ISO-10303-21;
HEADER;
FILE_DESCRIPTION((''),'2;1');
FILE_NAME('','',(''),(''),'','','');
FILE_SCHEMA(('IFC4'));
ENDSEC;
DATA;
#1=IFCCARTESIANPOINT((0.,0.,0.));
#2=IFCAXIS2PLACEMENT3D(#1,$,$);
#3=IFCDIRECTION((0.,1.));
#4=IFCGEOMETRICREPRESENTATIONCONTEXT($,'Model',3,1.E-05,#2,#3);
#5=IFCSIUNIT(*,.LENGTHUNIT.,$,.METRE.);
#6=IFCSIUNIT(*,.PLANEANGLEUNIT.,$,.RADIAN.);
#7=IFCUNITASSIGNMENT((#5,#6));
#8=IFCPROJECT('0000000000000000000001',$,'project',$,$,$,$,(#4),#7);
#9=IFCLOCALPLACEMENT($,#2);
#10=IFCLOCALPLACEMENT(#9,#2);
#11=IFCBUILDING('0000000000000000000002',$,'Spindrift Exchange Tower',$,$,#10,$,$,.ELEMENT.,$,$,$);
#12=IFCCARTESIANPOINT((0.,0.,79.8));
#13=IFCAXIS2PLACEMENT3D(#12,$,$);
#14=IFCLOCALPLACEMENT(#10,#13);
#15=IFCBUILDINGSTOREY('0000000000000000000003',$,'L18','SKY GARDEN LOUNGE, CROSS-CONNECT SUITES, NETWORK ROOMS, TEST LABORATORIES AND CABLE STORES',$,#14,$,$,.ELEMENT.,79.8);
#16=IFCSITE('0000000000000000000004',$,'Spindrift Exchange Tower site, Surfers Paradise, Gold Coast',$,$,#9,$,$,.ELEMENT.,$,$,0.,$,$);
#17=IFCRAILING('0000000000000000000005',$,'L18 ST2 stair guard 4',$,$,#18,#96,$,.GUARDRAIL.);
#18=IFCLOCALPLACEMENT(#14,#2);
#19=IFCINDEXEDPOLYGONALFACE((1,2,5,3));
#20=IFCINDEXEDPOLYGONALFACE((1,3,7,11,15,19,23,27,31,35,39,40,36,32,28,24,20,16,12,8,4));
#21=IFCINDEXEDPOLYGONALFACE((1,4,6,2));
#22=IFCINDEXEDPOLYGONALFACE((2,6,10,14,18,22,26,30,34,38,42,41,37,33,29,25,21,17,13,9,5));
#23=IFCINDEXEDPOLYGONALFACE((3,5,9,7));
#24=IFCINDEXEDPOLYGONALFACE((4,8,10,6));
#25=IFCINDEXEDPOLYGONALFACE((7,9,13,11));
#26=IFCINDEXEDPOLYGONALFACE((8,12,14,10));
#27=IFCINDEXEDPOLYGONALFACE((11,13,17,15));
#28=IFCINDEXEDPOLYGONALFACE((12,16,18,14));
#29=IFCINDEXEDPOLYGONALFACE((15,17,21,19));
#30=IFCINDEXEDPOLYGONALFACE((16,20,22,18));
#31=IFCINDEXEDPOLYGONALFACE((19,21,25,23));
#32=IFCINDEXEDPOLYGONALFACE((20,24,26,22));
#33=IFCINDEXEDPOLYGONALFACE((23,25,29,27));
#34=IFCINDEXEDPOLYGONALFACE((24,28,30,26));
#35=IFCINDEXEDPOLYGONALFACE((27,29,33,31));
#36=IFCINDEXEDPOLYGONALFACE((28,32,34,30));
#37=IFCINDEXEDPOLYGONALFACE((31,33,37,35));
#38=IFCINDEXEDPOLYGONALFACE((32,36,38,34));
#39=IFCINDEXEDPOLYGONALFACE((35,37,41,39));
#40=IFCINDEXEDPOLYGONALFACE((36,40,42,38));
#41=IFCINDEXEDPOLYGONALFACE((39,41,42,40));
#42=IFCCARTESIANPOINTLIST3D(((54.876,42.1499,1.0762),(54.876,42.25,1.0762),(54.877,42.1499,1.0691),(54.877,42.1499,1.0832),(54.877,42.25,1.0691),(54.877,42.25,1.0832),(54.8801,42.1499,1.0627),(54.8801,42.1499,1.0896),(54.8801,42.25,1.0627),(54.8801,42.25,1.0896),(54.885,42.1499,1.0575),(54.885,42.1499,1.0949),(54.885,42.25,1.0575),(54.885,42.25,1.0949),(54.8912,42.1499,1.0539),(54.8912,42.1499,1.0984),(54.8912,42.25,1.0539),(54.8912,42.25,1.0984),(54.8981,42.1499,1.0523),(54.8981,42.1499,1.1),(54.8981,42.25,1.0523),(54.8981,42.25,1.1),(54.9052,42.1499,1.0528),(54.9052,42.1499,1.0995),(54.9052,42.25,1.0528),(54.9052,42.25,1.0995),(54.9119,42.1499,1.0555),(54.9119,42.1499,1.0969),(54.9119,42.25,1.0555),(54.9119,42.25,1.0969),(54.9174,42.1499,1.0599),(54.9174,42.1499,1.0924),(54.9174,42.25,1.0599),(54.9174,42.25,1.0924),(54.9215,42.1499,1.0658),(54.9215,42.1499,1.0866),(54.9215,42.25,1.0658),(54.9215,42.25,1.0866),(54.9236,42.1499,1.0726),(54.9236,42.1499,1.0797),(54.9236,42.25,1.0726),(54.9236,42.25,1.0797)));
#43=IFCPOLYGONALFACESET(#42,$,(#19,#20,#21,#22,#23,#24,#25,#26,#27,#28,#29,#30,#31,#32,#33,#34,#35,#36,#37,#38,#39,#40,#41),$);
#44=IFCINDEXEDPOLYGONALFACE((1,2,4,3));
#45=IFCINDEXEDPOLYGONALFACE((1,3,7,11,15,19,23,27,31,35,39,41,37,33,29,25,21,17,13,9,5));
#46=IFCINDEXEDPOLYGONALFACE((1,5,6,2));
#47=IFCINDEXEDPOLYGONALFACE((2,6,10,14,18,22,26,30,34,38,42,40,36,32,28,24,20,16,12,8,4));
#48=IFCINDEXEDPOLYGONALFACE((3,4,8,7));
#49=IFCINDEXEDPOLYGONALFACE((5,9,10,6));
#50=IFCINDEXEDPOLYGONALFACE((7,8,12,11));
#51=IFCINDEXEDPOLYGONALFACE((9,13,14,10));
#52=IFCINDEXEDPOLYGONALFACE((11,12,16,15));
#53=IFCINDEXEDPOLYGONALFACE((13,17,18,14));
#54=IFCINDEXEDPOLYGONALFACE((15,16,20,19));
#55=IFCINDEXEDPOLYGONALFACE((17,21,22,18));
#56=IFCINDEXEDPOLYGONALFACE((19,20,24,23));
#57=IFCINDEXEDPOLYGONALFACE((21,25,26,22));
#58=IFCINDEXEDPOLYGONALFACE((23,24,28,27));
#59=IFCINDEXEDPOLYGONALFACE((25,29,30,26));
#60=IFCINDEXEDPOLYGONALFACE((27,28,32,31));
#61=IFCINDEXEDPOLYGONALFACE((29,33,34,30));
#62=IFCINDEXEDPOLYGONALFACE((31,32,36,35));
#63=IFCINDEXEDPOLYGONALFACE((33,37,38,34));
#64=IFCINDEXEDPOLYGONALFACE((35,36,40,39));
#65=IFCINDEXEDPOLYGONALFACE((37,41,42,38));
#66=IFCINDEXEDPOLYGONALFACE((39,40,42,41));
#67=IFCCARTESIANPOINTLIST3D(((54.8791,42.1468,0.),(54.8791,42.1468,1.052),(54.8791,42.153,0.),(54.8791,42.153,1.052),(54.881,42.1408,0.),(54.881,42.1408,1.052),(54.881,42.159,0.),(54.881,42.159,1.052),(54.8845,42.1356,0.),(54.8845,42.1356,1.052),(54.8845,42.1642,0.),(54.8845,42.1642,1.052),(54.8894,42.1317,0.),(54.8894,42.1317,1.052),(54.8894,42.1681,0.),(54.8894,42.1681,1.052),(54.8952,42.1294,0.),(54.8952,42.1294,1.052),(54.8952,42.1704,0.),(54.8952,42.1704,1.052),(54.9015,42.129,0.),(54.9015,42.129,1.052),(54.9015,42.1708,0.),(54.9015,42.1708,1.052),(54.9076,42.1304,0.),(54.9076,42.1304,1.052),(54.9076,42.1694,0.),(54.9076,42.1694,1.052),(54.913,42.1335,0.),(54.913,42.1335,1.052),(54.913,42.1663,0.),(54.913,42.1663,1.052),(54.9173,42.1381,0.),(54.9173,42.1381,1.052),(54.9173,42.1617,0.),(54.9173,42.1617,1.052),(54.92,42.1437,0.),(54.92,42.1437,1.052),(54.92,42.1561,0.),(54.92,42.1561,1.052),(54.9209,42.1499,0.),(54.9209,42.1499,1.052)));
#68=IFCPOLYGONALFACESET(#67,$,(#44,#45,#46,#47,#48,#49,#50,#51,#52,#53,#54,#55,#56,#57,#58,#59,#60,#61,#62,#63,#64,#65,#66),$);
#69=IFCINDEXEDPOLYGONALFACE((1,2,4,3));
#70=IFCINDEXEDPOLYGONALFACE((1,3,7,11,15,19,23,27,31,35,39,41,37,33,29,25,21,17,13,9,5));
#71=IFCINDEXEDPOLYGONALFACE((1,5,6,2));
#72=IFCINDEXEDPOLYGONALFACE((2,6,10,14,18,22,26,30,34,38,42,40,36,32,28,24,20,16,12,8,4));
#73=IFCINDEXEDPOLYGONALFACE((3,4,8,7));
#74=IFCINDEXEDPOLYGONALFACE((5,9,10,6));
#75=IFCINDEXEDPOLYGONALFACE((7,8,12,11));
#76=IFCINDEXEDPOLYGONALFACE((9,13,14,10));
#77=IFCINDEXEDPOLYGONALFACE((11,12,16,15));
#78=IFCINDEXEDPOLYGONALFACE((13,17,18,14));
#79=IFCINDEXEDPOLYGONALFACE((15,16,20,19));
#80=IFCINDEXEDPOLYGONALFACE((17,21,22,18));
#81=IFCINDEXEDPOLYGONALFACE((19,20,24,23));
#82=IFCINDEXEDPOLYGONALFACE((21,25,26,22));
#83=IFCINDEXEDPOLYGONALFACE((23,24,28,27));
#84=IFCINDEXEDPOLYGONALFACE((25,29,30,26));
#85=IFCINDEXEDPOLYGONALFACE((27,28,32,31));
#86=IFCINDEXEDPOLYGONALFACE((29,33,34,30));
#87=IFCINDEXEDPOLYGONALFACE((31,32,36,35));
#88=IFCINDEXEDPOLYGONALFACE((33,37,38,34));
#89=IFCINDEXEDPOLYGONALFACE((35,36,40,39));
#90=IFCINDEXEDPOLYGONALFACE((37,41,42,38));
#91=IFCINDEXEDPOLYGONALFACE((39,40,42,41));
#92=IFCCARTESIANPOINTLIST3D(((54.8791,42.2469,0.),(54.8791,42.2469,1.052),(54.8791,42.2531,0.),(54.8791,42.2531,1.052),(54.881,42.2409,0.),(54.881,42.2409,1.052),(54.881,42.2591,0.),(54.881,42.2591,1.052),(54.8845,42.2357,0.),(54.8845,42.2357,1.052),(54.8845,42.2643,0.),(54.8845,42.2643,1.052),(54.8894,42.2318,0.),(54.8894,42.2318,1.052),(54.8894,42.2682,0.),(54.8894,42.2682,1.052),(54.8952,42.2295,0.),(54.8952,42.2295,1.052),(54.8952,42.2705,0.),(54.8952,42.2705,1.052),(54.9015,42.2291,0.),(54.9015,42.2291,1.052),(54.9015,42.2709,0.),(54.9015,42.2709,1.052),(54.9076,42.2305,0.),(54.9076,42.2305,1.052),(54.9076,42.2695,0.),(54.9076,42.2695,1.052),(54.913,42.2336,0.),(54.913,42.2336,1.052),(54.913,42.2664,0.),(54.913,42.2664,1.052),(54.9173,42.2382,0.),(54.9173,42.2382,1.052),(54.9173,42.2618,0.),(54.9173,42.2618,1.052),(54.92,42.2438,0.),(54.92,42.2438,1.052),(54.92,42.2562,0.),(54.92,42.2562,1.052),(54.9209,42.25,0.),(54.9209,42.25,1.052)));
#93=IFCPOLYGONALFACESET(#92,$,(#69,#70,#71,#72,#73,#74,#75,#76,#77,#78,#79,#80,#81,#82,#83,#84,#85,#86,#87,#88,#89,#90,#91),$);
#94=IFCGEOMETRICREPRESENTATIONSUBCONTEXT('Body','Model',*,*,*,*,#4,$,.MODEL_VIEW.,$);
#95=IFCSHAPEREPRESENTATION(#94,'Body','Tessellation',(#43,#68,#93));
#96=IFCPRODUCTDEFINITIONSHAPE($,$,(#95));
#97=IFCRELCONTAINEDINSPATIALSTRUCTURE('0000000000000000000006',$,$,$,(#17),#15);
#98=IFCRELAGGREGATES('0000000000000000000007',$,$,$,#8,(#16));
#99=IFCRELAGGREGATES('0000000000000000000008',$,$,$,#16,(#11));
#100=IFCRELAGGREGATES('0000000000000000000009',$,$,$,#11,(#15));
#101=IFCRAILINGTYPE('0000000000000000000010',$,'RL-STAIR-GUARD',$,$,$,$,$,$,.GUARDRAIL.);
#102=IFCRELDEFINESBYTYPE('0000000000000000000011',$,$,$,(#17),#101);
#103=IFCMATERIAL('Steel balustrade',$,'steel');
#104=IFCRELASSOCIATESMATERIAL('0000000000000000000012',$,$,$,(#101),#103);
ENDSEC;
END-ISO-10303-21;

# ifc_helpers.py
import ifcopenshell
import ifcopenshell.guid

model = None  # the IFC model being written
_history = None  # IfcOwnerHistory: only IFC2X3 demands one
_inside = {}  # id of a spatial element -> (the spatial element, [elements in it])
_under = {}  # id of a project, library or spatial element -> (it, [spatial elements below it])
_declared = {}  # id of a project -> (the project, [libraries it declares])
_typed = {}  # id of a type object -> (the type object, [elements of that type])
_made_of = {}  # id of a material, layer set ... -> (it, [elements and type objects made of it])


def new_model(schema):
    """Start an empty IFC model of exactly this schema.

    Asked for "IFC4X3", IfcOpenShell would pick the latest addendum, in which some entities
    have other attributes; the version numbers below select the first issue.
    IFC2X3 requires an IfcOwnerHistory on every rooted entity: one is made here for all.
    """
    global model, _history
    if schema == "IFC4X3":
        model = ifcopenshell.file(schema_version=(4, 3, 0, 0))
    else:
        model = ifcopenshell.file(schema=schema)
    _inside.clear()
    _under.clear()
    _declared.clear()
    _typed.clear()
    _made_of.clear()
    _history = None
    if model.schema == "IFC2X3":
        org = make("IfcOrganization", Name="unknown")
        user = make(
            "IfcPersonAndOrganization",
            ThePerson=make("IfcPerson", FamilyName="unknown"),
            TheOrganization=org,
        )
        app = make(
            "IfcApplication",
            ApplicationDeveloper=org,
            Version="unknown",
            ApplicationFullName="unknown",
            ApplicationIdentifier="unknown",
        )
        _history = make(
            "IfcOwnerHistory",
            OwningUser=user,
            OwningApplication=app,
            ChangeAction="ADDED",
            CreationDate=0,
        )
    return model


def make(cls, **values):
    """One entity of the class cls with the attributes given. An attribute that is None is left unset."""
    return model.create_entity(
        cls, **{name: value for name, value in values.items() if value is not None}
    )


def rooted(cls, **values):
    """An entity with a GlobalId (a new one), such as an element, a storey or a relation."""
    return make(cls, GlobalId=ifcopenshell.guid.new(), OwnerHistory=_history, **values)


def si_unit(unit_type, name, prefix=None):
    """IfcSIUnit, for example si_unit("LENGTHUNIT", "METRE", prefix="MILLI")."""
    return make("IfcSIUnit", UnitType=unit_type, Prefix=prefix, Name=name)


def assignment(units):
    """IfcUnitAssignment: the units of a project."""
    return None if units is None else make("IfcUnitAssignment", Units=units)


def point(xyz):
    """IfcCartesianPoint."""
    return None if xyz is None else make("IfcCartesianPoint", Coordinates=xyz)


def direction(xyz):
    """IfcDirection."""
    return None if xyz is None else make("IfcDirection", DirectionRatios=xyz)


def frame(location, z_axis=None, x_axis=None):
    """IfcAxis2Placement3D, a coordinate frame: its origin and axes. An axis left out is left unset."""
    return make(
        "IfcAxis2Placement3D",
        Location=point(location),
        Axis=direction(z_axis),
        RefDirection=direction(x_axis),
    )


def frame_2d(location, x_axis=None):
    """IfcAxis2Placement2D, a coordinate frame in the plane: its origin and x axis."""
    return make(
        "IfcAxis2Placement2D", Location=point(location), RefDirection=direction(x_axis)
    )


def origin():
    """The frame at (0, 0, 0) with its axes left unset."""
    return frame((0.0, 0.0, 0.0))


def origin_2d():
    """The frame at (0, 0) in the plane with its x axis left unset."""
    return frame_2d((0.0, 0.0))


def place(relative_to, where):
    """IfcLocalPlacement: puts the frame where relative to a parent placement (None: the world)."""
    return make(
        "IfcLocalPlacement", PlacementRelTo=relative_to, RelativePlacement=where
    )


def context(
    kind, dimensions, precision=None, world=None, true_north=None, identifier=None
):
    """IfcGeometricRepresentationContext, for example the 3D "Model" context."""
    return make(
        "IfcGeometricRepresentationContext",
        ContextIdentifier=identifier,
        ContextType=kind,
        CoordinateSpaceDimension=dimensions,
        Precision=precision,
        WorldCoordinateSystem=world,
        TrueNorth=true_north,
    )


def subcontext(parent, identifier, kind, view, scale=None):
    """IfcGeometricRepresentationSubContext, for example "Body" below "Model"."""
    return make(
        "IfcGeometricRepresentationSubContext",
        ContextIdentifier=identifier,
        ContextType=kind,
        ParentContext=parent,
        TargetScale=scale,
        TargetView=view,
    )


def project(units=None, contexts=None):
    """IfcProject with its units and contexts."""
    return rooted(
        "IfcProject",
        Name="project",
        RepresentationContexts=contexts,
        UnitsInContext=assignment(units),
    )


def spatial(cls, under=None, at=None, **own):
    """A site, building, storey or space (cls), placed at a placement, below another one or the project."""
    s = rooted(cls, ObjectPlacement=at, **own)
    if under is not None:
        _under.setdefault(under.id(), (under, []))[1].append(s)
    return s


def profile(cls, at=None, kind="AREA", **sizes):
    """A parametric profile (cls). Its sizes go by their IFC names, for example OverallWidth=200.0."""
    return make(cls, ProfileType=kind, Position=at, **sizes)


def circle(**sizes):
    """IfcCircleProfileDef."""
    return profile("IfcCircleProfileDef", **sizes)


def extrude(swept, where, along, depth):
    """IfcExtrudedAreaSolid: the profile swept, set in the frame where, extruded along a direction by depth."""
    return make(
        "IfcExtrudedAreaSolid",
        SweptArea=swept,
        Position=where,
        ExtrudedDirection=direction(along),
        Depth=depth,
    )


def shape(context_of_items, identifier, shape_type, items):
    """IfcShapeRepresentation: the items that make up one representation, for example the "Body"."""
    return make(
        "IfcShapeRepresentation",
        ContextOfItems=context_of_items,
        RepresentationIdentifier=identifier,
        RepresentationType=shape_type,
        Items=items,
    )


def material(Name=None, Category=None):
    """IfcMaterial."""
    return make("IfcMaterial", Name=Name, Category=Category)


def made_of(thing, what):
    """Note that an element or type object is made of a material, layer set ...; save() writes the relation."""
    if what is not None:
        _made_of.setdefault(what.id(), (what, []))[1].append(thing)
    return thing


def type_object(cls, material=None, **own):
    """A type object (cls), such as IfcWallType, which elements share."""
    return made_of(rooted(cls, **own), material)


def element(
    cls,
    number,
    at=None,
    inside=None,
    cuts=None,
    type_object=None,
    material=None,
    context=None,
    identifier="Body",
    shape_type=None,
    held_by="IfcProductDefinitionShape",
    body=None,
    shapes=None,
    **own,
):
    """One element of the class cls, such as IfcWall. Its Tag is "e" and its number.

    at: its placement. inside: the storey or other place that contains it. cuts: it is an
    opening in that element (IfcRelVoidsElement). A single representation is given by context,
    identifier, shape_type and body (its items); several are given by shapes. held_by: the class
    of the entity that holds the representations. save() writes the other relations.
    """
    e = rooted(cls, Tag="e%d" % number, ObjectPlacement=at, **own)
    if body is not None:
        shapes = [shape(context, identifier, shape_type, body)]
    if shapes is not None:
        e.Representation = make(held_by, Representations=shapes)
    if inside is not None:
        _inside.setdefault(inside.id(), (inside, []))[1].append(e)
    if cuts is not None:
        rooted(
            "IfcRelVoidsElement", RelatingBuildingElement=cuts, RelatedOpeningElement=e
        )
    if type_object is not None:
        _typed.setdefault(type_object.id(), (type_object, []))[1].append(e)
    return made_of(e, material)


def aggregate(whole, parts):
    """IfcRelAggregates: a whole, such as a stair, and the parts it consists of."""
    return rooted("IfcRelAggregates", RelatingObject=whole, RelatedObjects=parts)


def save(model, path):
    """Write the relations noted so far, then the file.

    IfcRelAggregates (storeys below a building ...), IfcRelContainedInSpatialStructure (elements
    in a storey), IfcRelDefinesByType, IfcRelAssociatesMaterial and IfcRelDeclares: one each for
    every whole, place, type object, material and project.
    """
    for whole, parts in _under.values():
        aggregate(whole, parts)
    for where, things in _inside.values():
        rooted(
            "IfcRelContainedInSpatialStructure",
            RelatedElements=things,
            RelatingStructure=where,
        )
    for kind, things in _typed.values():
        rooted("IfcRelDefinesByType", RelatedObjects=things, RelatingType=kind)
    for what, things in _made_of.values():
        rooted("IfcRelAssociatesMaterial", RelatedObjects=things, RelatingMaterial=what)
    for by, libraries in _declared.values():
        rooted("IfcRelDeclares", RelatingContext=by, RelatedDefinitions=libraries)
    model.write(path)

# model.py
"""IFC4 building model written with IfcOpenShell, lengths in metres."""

from ifc_helpers import new_model, si_unit, direction, frame, origin, origin_2d, place, context, subcontext, project, spatial, circle, extrude, material, type_object, element, save


model = new_model("IFC4")

# Units and contexts
model_context = context("Model", 3, precision=1e-05, world=origin(), true_north=direction((0.0, 1.0)))
body_context = subcontext(model_context, "Body", "Model", "MODEL_VIEW")
ifc_project = project(units=[si_unit("LENGTHUNIT", "METRE"), si_unit("PLANEANGLEUNIT", "RADIAN")], contexts=[model_context])

# Site, building, storey
site_placement = place(None, origin())
site = spatial("IfcSite", under=ifc_project, at=site_placement, Name="Spindrift Exchange Tower site, Surfers Paradise, Gold Coast", CompositionType="ELEMENT", RefElevation=0.0)
building_placement = place(site_placement, origin())
building = spatial("IfcBuilding", under=site, at=building_placement, Name="Spindrift Exchange Tower", CompositionType="ELEMENT")
storey_placement = place(building_placement, frame((0.0, 0.0, 79.8)))
storey = spatial("IfcBuildingStorey", under=building, at=storey_placement, Name="L18", Description="SKY GARDEN LOUNGE, CROSS-CONNECT SUITES, NETWORK ROOMS, TEST LABORATORIES AND CABLE STORES", CompositionType="ELEMENT", Elevation=79.8)

# Railing
ifc_material_1 = material(Name="Steel balustrade", Category="steel")
railing_type_1 = type_object("IfcRailingType", Name="RL-STAIR-GUARD", PredefinedType="GUARDRAIL", material=ifc_material_1)
railing_1_placement = place(storey_placement, frame((54.8999, 42.1499, 0.0)))
element("IfcRailing", 1, at=railing_1_placement, inside=storey, type_object=railing_type_1, Name="L18 ST2 stair guard 4", PredefinedType="GUARDRAIL", context=body_context, shape_type="SweptSolid", body=[
    extrude(circle(Radius=0.0239, at=origin_2d()), frame((0.0, 0.0, 1.0762), z_axis=(0.0, 1.0, 0.0), x_axis=(-1.0, 0.0, 0.0)), (0.0, 0.0, 1.0), 0.1001),
    extrude(circle(Radius=0.021, at=origin_2d()), origin(), (0.0, 0.0, 1.0), 1.052),
    extrude(circle(Radius=0.021, at=origin_2d()), frame((0.0, 0.1001, 0.0)), (0.0, 0.0, 1.0), 1.052),
])

save(model, "model.ifc")
